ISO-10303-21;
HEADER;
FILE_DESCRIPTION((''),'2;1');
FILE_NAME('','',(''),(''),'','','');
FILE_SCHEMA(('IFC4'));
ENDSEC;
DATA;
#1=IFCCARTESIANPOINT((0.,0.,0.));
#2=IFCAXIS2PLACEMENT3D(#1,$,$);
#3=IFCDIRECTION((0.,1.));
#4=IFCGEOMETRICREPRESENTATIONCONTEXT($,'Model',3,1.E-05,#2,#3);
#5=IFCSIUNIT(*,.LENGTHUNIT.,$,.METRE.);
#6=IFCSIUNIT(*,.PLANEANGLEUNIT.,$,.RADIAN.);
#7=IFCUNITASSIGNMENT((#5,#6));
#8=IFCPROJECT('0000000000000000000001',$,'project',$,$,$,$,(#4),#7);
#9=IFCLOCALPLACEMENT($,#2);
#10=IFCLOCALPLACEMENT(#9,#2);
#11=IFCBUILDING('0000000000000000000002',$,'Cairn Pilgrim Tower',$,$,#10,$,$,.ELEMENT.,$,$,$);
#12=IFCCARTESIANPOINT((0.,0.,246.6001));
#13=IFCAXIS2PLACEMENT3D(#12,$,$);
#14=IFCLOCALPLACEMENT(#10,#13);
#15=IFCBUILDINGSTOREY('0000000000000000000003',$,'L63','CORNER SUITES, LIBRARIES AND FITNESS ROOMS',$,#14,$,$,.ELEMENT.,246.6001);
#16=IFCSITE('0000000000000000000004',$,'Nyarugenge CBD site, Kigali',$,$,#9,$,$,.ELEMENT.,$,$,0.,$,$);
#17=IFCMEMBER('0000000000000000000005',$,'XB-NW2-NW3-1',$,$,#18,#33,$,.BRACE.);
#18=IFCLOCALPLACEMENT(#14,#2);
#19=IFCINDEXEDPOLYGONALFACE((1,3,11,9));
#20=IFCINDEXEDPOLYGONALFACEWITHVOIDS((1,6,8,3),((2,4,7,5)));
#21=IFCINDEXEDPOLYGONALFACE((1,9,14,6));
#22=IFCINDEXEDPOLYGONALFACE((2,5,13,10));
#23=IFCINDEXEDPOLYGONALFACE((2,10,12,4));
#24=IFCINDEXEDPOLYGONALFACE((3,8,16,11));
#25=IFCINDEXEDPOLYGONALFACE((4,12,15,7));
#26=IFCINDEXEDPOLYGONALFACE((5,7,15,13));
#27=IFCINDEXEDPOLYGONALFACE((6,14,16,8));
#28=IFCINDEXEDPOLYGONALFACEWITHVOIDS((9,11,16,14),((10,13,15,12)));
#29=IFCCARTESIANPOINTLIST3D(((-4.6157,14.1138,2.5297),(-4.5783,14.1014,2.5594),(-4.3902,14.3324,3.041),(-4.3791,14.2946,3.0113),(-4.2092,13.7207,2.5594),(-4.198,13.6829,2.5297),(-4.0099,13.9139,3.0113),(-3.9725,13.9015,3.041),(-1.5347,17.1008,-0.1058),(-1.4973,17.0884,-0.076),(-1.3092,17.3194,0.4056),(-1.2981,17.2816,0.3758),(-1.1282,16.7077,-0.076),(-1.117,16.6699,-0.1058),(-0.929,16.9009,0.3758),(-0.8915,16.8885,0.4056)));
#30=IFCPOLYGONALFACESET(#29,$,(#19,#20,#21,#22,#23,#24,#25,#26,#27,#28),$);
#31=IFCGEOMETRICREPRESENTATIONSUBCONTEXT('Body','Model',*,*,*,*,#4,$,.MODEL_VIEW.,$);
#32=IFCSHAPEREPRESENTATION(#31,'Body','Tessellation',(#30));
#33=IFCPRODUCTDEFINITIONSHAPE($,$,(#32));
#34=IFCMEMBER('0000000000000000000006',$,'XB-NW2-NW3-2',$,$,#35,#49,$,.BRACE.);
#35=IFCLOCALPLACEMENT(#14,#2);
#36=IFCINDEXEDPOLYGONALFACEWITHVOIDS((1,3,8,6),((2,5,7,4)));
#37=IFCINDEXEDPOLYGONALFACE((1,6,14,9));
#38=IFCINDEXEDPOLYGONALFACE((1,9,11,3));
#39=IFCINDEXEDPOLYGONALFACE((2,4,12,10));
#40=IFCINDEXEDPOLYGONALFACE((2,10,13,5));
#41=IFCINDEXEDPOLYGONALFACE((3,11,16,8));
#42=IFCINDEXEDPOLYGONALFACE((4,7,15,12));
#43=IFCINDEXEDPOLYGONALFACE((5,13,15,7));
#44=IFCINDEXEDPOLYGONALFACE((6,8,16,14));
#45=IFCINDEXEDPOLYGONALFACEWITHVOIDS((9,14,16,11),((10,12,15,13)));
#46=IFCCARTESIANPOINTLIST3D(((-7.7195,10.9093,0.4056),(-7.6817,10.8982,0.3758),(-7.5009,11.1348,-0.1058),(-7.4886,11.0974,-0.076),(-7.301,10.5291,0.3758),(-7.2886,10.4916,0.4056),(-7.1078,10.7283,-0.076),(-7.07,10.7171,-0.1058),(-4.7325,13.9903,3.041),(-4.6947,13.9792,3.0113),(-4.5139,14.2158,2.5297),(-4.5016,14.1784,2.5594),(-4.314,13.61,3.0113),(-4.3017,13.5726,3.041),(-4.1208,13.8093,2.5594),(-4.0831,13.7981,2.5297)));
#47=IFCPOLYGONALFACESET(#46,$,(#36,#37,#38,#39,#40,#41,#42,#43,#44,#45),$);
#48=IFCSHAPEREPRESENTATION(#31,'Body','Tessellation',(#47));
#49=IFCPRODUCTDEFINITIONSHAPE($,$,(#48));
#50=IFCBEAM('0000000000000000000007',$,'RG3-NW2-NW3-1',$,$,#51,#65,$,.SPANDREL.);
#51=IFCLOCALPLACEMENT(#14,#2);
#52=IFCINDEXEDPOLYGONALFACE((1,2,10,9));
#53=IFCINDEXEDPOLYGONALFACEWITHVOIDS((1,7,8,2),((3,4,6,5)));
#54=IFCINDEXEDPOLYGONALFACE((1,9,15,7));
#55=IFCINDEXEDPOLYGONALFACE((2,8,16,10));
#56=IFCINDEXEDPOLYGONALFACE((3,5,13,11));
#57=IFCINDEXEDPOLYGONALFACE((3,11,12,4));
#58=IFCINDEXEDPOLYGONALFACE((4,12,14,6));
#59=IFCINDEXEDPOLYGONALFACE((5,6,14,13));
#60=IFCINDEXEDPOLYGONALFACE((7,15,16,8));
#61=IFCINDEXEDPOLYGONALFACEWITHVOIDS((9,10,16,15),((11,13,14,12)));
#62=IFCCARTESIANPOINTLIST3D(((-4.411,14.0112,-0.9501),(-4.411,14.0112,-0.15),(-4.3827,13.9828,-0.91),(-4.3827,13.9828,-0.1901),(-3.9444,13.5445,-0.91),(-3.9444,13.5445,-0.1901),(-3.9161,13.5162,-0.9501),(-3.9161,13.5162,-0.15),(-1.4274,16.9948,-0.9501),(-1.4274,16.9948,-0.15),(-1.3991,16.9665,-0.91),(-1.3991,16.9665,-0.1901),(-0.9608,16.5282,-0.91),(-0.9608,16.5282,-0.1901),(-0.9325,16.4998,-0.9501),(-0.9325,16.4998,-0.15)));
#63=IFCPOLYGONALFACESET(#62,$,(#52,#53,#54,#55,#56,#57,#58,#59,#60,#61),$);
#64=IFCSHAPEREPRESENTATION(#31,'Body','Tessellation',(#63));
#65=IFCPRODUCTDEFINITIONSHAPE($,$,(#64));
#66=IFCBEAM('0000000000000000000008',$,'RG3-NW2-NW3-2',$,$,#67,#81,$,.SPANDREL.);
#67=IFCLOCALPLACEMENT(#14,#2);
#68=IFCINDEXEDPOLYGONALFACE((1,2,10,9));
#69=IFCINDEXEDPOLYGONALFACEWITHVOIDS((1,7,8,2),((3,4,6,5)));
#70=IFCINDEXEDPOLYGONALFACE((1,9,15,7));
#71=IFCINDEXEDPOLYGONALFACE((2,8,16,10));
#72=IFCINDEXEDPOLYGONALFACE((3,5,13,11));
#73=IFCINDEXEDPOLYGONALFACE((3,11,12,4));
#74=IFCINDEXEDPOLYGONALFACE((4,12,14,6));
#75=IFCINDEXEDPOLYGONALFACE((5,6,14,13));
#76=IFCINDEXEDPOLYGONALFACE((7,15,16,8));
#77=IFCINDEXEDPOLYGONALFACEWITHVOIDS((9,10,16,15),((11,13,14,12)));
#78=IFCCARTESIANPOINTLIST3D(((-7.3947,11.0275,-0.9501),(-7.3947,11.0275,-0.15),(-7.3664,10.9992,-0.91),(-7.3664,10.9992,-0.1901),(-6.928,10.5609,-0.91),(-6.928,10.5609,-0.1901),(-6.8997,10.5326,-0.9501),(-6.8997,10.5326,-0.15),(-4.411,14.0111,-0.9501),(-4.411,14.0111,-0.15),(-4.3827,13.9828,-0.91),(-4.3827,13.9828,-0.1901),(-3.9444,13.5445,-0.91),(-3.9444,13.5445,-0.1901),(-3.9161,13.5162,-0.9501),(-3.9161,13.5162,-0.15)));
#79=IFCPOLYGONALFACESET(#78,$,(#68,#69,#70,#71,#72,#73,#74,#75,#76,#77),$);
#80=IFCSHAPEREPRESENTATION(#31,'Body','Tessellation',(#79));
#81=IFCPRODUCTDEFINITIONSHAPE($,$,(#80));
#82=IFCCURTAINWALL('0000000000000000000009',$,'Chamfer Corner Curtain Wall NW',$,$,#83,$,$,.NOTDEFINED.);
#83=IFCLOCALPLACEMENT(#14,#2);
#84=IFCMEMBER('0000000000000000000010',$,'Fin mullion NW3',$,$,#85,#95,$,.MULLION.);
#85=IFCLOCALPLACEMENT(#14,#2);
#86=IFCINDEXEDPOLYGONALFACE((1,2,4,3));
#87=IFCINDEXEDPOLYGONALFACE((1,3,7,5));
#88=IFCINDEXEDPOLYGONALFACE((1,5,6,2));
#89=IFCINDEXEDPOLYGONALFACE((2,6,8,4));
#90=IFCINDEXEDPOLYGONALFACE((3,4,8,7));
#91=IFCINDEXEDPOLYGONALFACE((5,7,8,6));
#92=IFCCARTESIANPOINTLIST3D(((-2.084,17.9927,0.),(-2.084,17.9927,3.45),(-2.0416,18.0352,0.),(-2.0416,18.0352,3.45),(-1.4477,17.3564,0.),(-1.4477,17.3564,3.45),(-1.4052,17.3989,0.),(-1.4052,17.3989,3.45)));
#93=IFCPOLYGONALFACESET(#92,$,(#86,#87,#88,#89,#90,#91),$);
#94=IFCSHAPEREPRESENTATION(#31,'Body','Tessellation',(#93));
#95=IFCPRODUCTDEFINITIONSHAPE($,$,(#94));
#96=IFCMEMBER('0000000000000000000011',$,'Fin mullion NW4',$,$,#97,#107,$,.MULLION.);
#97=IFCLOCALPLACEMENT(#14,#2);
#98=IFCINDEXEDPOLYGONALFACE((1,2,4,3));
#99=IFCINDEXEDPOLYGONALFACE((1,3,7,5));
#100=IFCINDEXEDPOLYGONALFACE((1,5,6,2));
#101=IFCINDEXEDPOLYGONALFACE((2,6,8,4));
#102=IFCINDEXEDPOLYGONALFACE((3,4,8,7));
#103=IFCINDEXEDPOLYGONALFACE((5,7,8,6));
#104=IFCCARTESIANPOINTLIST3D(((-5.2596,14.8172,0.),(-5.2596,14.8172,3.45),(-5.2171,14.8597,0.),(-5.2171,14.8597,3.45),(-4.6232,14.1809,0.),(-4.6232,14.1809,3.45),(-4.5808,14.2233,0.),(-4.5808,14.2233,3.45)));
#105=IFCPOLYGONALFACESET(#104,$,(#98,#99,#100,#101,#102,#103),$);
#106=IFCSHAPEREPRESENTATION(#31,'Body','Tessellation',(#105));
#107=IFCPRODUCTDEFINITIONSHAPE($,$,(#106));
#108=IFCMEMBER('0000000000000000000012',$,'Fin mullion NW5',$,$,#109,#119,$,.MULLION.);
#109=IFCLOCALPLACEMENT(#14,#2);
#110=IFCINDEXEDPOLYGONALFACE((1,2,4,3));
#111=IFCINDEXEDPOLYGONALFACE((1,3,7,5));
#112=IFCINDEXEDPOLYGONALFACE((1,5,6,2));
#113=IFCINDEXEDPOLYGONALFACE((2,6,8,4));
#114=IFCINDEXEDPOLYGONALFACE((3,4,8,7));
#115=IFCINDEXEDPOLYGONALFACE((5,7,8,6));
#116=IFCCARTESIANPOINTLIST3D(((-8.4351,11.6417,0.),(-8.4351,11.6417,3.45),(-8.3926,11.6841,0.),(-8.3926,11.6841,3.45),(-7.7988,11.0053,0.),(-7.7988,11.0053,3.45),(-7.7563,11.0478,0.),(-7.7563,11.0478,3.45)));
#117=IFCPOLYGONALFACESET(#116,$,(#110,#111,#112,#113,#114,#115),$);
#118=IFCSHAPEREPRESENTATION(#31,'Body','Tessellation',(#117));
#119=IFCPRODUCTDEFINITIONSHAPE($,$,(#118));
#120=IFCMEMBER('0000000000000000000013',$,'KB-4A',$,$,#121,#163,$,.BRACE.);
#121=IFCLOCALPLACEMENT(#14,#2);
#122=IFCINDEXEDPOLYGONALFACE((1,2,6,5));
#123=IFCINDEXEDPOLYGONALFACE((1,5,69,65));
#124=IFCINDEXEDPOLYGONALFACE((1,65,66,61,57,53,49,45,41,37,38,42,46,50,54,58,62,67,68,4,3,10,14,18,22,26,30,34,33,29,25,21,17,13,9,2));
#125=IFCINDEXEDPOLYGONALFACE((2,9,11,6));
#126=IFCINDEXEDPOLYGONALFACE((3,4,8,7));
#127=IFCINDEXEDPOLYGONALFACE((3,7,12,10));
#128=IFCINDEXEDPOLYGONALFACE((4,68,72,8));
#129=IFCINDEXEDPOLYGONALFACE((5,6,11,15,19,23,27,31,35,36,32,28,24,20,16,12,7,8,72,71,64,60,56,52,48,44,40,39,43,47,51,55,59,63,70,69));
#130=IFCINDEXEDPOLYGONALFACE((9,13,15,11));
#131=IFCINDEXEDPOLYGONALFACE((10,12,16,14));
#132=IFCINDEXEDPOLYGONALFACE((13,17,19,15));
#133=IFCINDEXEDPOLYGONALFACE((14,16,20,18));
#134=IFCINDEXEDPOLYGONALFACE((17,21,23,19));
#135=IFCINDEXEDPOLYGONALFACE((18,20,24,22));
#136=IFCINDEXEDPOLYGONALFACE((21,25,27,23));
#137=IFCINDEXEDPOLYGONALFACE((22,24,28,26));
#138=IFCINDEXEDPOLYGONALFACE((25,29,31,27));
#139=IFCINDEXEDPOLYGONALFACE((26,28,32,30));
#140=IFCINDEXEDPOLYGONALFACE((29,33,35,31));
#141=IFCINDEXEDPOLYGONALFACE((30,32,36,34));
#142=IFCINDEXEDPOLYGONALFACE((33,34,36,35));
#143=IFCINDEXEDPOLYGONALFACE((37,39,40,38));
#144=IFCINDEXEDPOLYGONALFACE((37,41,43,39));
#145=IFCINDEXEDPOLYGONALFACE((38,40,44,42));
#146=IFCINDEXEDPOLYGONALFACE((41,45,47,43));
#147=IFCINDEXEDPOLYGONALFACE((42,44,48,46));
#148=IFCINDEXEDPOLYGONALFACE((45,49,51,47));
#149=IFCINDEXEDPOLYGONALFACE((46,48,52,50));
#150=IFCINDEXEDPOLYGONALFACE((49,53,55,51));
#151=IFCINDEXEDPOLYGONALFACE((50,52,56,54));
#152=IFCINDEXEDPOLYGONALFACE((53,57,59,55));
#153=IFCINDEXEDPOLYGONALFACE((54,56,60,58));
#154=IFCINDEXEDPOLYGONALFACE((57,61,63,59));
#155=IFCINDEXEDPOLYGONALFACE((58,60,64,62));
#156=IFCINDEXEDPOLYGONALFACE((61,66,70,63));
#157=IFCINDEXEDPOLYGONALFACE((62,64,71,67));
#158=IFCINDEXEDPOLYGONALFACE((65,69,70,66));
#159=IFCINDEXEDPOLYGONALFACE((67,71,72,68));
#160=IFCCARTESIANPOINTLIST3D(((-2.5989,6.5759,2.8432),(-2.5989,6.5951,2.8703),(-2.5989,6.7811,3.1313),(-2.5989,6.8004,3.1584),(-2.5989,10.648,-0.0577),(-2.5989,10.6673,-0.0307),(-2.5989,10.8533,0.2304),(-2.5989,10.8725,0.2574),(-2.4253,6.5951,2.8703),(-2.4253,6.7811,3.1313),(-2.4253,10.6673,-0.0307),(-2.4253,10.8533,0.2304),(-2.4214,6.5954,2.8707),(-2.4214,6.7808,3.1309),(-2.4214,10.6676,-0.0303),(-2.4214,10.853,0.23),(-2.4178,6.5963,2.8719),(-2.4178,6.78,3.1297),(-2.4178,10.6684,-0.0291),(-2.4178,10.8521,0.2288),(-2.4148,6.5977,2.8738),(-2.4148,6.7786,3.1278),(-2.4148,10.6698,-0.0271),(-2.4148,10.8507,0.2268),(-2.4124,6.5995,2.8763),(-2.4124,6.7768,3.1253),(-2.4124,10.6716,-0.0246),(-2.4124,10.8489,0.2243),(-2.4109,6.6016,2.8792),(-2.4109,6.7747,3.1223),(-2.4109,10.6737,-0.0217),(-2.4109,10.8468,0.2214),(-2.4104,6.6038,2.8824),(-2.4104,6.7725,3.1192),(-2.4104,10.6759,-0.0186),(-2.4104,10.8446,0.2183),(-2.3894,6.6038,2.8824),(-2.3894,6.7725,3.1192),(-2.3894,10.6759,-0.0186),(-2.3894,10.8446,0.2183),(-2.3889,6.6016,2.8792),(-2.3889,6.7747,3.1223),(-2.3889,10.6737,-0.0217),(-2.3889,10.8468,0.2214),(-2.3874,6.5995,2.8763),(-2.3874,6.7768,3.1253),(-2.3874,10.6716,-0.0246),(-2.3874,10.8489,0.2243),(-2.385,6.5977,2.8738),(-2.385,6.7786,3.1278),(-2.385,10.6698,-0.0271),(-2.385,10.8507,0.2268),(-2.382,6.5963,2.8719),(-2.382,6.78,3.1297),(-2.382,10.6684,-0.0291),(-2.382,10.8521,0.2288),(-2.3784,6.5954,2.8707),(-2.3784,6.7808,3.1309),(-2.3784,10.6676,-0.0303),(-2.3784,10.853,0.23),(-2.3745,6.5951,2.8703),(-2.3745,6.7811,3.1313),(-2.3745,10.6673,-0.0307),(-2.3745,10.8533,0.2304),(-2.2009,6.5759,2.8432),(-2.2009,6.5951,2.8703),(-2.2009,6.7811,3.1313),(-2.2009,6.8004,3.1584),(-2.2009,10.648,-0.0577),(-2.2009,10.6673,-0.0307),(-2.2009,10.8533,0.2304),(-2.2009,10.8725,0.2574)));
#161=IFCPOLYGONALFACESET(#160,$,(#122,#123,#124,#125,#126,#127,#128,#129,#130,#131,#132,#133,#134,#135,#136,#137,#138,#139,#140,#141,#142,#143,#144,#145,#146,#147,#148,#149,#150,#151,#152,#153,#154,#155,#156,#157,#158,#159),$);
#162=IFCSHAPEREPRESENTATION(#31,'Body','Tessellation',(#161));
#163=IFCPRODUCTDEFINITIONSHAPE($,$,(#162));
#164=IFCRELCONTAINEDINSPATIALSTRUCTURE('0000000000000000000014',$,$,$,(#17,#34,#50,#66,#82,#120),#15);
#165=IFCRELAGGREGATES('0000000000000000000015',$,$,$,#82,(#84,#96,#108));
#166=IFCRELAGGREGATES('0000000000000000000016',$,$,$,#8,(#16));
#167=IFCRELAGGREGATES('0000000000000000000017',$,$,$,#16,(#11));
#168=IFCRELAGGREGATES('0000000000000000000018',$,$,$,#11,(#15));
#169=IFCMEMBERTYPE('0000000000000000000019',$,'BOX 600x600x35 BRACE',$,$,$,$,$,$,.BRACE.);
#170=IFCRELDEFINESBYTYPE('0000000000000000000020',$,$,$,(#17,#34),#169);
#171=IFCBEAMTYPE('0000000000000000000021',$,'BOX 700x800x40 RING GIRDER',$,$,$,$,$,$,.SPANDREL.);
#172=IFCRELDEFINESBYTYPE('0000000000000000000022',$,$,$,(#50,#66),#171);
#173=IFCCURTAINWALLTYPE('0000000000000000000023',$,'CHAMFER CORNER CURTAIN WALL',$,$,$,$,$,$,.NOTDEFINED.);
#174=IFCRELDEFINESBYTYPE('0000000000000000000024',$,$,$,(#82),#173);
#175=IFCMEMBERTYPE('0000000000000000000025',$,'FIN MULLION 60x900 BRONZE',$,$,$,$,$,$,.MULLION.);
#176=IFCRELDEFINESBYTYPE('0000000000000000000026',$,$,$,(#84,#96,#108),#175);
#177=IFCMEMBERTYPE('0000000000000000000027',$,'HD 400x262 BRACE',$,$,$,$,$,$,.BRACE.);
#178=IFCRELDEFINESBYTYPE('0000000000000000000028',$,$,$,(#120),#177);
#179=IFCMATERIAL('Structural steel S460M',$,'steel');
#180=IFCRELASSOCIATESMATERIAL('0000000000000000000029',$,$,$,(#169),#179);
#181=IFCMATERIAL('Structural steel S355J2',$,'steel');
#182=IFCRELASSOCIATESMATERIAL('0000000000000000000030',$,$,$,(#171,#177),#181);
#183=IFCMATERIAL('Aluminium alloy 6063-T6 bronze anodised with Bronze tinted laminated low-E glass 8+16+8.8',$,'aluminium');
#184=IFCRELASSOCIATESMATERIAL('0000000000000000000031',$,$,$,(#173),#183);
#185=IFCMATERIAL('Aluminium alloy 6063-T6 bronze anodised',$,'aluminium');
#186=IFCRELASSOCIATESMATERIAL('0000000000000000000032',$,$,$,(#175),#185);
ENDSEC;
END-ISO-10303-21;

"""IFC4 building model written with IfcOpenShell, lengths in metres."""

from ifc_helpers import new_model, si_unit, direction, frame, origin, origin_2d, place, context, subcontext, project, spatial, rectangle, hollow_rectangle, i_section, extrude, material, material_profile, profile_set, type_object, element, aggregate, save


model = new_model("IFC4")

# Units and contexts
model_context = context("Model", 3, precision=1e-05, world=origin(), true_north=direction((0.0, 1.0)))
body_context = subcontext(model_context, "Body", "Model", "MODEL_VIEW")
ifc_project = project(units=[si_unit("LENGTHUNIT", "METRE"), si_unit("PLANEANGLEUNIT", "RADIAN")], contexts=[model_context])

# Site, building, storey
site_placement = place(None, origin())
site = spatial("IfcSite", under=ifc_project, at=site_placement, Name="Nyarugenge CBD site, Kigali", CompositionType="ELEMENT", RefElevation=0.0)
building_placement = place(site_placement, origin())
building = spatial("IfcBuilding", under=site, at=building_placement, Name="Cairn Pilgrim Tower", CompositionType="ELEMENT")
storey_placement = place(building_placement, frame((0.0, 0.0, 246.6001)))
storey = spatial("IfcBuildingStorey", under=building, at=storey_placement, Name="L63", Description="CORNER SUITES, LIBRARIES AND FITNESS ROOMS", CompositionType="ELEMENT", Elevation=246.6001)

# Shared definitions
ifc_material_1 = material(Name="Structural steel S355J2", Category="steel")
ifc_material_2 = material(Name="Structural steel S460M", Category="steel")

# Members
ifc_material_profile_1 = material_profile(ifc_material_2, hollow_rectangle(XDim=0.6001, YDim=0.6001, WallThickness=0.0349, at=origin_2d()), Name="BOX 600x600x35")
ifc_profile_set_1 = profile_set([ifc_material_profile_1], Name="Structural steel S460M")
member_type_1 = type_object("IfcMemberType", Name="BOX 600x600x35 BRACE", PredefinedType="BRACE", material=ifc_profile_set_1)
for number, where, z_axis, x_axis, name in (
    (1, (-1.2131, 16.9946, 0.1499), (-0.611806, -0.593142, 0.523332), (0.69607, -0.717974, 0.0), "XB-NW2-NW3-1"),
    (2, (-7.3948, 10.8132, 0.1499), (0.593142, 0.611806, 0.523332), (-0.717974, 0.69607, 0.0), "XB-NW2-NW3-2"),
):
    element("IfcMember", number, at=place(storey_placement, frame(where, z_axis=z_axis, x_axis=x_axis)), inside=storey, type_object=member_type_1, Name=name, PredefinedType="BRACE", context=body_context, shape_type="SweptSolid", body=[
        extrude(hollow_rectangle(XDim=0.6001, YDim=0.6001, WallThickness=0.0349, at=origin_2d()), origin(), (0.0, 0.0, 1.0), 5.0359),
    ])

# Beams
ifc_material_profile_2 = material_profile(ifc_material_1, hollow_rectangle(XDim=0.7, YDim=0.8, WallThickness=0.04, at=origin_2d()), Name="BOX 700x800x40")
ifc_profile_set_2 = profile_set([ifc_material_profile_2], Name="Structural steel S355J2")
beam_type_1 = type_object("IfcBeamType", Name="BOX 700x800x40 RING GIRDER", PredefinedType="SPANDREL", material=ifc_profile_set_2)
for number, where, z_axis, x_axis, name in (
    (3, (-1.1799, 16.7473, -0.55), (-0.707107, -0.707107, 0.0), (0.707107, -0.707107, 0.0), "RG3-NW2-NW3-1"),
    (4, (-4.1636, 13.7637, -0.55), (-0.707107, -0.707107, 0.0), (0.707107, -0.707107, 0.0), "RG3-NW2-NW3-2"),
):
    element("IfcBeam", number, at=place(storey_placement, frame(where, z_axis=z_axis, x_axis=x_axis)), inside=storey, type_object=beam_type_1, Name=name, PredefinedType="SPANDREL", context=body_context, shape_type="SweptSolid", body=[
        extrude(hollow_rectangle(XDim=0.7, YDim=0.8, WallThickness=0.04, at=origin_2d()), origin(), (0.0, 0.0, 1.0), 4.2195),
    ])

# Curtain wall, members
ifc_material_3 = material(Name="Aluminium alloy 6063-T6 bronze anodised with Bronze tinted laminated low-E glass 8+16+8.8", Category="aluminium")
curtain_wall_type = type_object("IfcCurtainWallType", Name="CHAMFER CORNER CURTAIN WALL", PredefinedType="NOTDEFINED", material=ifc_material_3)
curtain_wall_placement = place(storey_placement, origin())
curtain_wall = element("IfcCurtainWall", 5, at=curtain_wall_placement, inside=storey, type_object=curtain_wall_type, Name="Chamfer Corner Curtain Wall NW", PredefinedType="NOTDEFINED")
ifc_material_4 = material(Name="Aluminium alloy 6063-T6 bronze anodised", Category="aluminium")
ifc_material_profile_3 = material_profile(ifc_material_4, rectangle(XDim=0.8999, YDim=0.0601, at=origin_2d()), Name="FIN MULLION 60x900 BRONZE")
ifc_profile_set_3 = profile_set([ifc_material_profile_3], Name="Aluminium alloy 6063-T6 bronze anodised")
member_type_2 = type_object("IfcMemberType", Name="FIN MULLION 60x900 BRONZE", PredefinedType="MULLION", material=ifc_profile_set_3)
member_1_placement = place(storey_placement, frame((-1.7446, 17.6958, 0.0), z_axis=(0.0, 0.0, 1.0), x_axis=(-0.707107, 0.707107, 0.0)))
member_1 = element("IfcMember", 6, at=member_1_placement, type_object=member_type_2, Name="Fin mullion NW3", PredefinedType="MULLION", context=body_context, shape_type="SweptSolid", body=[
    extrude(rectangle(XDim=0.8999, YDim=0.0601, at=origin_2d()), origin(), (0.0, 0.0, 1.0), 3.45),
])
member_2_placement = place(storey_placement, frame((-4.9202, 14.5203, 0.0), z_axis=(0.0, 0.0, 1.0), x_axis=(-0.707107, 0.707107, 0.0)))
member_2 = element("IfcMember", 7, at=member_2_placement, type_object=member_type_2, Name="Fin mullion NW4", PredefinedType="MULLION", context=body_context, shape_type="SweptSolid", body=[
    extrude(rectangle(XDim=0.8999, YDim=0.0601, at=origin_2d()), origin(), (0.0, 0.0, 1.0), 3.45),
])
member_3_placement = place(storey_placement, frame((-8.0957, 11.3447, 0.0), z_axis=(0.0, 0.0, 1.0), x_axis=(-0.707107, 0.707107, 0.0)))
member_3 = element("IfcMember", 8, at=member_3_placement, type_object=member_type_2, Name="Fin mullion NW5", PredefinedType="MULLION", context=body_context, shape_type="SweptSolid", body=[
    extrude(rectangle(XDim=0.8999, YDim=0.0601, at=origin_2d()), origin(), (0.0, 0.0, 1.0), 3.45),
])

# Member
ifc_material_profile_4 = material_profile(ifc_material_1, i_section(OverallWidth=0.3979, OverallDepth=0.387, WebThickness=0.021, FlangeThickness=0.0332, FilletRadius=0.0149, at=origin_2d()), Name="HD 400x262")
ifc_profile_set_4 = profile_set([ifc_material_profile_4], Name="Structural steel S355J2")
member_type_3 = type_object("IfcMemberType", Name="HD 400x262 BRACE", PredefinedType="BRACE", material=ifc_profile_set_4)
member_4_placement = place(storey_placement, frame((-2.3999, 10.7603, 0.0999), z_axis=(0.0, -0.814462, 0.580217), x_axis=(1.0, 0.0, 0.0)))
element("IfcMember", 9, at=member_4_placement, inside=storey, type_object=member_type_3, Name="KB-4A", PredefinedType="BRACE", context=body_context, shape_type="SweptSolid", body=[
    extrude(i_section(OverallWidth=0.3979, OverallDepth=0.387, WebThickness=0.021, FlangeThickness=0.0332, FilletRadius=0.0149, at=origin_2d()), origin(), (0.0, 0.0, 1.0), 4.9998),
])

aggregate(curtain_wall, [member_1, member_2, member_3])

save(model, "model.ifc")
